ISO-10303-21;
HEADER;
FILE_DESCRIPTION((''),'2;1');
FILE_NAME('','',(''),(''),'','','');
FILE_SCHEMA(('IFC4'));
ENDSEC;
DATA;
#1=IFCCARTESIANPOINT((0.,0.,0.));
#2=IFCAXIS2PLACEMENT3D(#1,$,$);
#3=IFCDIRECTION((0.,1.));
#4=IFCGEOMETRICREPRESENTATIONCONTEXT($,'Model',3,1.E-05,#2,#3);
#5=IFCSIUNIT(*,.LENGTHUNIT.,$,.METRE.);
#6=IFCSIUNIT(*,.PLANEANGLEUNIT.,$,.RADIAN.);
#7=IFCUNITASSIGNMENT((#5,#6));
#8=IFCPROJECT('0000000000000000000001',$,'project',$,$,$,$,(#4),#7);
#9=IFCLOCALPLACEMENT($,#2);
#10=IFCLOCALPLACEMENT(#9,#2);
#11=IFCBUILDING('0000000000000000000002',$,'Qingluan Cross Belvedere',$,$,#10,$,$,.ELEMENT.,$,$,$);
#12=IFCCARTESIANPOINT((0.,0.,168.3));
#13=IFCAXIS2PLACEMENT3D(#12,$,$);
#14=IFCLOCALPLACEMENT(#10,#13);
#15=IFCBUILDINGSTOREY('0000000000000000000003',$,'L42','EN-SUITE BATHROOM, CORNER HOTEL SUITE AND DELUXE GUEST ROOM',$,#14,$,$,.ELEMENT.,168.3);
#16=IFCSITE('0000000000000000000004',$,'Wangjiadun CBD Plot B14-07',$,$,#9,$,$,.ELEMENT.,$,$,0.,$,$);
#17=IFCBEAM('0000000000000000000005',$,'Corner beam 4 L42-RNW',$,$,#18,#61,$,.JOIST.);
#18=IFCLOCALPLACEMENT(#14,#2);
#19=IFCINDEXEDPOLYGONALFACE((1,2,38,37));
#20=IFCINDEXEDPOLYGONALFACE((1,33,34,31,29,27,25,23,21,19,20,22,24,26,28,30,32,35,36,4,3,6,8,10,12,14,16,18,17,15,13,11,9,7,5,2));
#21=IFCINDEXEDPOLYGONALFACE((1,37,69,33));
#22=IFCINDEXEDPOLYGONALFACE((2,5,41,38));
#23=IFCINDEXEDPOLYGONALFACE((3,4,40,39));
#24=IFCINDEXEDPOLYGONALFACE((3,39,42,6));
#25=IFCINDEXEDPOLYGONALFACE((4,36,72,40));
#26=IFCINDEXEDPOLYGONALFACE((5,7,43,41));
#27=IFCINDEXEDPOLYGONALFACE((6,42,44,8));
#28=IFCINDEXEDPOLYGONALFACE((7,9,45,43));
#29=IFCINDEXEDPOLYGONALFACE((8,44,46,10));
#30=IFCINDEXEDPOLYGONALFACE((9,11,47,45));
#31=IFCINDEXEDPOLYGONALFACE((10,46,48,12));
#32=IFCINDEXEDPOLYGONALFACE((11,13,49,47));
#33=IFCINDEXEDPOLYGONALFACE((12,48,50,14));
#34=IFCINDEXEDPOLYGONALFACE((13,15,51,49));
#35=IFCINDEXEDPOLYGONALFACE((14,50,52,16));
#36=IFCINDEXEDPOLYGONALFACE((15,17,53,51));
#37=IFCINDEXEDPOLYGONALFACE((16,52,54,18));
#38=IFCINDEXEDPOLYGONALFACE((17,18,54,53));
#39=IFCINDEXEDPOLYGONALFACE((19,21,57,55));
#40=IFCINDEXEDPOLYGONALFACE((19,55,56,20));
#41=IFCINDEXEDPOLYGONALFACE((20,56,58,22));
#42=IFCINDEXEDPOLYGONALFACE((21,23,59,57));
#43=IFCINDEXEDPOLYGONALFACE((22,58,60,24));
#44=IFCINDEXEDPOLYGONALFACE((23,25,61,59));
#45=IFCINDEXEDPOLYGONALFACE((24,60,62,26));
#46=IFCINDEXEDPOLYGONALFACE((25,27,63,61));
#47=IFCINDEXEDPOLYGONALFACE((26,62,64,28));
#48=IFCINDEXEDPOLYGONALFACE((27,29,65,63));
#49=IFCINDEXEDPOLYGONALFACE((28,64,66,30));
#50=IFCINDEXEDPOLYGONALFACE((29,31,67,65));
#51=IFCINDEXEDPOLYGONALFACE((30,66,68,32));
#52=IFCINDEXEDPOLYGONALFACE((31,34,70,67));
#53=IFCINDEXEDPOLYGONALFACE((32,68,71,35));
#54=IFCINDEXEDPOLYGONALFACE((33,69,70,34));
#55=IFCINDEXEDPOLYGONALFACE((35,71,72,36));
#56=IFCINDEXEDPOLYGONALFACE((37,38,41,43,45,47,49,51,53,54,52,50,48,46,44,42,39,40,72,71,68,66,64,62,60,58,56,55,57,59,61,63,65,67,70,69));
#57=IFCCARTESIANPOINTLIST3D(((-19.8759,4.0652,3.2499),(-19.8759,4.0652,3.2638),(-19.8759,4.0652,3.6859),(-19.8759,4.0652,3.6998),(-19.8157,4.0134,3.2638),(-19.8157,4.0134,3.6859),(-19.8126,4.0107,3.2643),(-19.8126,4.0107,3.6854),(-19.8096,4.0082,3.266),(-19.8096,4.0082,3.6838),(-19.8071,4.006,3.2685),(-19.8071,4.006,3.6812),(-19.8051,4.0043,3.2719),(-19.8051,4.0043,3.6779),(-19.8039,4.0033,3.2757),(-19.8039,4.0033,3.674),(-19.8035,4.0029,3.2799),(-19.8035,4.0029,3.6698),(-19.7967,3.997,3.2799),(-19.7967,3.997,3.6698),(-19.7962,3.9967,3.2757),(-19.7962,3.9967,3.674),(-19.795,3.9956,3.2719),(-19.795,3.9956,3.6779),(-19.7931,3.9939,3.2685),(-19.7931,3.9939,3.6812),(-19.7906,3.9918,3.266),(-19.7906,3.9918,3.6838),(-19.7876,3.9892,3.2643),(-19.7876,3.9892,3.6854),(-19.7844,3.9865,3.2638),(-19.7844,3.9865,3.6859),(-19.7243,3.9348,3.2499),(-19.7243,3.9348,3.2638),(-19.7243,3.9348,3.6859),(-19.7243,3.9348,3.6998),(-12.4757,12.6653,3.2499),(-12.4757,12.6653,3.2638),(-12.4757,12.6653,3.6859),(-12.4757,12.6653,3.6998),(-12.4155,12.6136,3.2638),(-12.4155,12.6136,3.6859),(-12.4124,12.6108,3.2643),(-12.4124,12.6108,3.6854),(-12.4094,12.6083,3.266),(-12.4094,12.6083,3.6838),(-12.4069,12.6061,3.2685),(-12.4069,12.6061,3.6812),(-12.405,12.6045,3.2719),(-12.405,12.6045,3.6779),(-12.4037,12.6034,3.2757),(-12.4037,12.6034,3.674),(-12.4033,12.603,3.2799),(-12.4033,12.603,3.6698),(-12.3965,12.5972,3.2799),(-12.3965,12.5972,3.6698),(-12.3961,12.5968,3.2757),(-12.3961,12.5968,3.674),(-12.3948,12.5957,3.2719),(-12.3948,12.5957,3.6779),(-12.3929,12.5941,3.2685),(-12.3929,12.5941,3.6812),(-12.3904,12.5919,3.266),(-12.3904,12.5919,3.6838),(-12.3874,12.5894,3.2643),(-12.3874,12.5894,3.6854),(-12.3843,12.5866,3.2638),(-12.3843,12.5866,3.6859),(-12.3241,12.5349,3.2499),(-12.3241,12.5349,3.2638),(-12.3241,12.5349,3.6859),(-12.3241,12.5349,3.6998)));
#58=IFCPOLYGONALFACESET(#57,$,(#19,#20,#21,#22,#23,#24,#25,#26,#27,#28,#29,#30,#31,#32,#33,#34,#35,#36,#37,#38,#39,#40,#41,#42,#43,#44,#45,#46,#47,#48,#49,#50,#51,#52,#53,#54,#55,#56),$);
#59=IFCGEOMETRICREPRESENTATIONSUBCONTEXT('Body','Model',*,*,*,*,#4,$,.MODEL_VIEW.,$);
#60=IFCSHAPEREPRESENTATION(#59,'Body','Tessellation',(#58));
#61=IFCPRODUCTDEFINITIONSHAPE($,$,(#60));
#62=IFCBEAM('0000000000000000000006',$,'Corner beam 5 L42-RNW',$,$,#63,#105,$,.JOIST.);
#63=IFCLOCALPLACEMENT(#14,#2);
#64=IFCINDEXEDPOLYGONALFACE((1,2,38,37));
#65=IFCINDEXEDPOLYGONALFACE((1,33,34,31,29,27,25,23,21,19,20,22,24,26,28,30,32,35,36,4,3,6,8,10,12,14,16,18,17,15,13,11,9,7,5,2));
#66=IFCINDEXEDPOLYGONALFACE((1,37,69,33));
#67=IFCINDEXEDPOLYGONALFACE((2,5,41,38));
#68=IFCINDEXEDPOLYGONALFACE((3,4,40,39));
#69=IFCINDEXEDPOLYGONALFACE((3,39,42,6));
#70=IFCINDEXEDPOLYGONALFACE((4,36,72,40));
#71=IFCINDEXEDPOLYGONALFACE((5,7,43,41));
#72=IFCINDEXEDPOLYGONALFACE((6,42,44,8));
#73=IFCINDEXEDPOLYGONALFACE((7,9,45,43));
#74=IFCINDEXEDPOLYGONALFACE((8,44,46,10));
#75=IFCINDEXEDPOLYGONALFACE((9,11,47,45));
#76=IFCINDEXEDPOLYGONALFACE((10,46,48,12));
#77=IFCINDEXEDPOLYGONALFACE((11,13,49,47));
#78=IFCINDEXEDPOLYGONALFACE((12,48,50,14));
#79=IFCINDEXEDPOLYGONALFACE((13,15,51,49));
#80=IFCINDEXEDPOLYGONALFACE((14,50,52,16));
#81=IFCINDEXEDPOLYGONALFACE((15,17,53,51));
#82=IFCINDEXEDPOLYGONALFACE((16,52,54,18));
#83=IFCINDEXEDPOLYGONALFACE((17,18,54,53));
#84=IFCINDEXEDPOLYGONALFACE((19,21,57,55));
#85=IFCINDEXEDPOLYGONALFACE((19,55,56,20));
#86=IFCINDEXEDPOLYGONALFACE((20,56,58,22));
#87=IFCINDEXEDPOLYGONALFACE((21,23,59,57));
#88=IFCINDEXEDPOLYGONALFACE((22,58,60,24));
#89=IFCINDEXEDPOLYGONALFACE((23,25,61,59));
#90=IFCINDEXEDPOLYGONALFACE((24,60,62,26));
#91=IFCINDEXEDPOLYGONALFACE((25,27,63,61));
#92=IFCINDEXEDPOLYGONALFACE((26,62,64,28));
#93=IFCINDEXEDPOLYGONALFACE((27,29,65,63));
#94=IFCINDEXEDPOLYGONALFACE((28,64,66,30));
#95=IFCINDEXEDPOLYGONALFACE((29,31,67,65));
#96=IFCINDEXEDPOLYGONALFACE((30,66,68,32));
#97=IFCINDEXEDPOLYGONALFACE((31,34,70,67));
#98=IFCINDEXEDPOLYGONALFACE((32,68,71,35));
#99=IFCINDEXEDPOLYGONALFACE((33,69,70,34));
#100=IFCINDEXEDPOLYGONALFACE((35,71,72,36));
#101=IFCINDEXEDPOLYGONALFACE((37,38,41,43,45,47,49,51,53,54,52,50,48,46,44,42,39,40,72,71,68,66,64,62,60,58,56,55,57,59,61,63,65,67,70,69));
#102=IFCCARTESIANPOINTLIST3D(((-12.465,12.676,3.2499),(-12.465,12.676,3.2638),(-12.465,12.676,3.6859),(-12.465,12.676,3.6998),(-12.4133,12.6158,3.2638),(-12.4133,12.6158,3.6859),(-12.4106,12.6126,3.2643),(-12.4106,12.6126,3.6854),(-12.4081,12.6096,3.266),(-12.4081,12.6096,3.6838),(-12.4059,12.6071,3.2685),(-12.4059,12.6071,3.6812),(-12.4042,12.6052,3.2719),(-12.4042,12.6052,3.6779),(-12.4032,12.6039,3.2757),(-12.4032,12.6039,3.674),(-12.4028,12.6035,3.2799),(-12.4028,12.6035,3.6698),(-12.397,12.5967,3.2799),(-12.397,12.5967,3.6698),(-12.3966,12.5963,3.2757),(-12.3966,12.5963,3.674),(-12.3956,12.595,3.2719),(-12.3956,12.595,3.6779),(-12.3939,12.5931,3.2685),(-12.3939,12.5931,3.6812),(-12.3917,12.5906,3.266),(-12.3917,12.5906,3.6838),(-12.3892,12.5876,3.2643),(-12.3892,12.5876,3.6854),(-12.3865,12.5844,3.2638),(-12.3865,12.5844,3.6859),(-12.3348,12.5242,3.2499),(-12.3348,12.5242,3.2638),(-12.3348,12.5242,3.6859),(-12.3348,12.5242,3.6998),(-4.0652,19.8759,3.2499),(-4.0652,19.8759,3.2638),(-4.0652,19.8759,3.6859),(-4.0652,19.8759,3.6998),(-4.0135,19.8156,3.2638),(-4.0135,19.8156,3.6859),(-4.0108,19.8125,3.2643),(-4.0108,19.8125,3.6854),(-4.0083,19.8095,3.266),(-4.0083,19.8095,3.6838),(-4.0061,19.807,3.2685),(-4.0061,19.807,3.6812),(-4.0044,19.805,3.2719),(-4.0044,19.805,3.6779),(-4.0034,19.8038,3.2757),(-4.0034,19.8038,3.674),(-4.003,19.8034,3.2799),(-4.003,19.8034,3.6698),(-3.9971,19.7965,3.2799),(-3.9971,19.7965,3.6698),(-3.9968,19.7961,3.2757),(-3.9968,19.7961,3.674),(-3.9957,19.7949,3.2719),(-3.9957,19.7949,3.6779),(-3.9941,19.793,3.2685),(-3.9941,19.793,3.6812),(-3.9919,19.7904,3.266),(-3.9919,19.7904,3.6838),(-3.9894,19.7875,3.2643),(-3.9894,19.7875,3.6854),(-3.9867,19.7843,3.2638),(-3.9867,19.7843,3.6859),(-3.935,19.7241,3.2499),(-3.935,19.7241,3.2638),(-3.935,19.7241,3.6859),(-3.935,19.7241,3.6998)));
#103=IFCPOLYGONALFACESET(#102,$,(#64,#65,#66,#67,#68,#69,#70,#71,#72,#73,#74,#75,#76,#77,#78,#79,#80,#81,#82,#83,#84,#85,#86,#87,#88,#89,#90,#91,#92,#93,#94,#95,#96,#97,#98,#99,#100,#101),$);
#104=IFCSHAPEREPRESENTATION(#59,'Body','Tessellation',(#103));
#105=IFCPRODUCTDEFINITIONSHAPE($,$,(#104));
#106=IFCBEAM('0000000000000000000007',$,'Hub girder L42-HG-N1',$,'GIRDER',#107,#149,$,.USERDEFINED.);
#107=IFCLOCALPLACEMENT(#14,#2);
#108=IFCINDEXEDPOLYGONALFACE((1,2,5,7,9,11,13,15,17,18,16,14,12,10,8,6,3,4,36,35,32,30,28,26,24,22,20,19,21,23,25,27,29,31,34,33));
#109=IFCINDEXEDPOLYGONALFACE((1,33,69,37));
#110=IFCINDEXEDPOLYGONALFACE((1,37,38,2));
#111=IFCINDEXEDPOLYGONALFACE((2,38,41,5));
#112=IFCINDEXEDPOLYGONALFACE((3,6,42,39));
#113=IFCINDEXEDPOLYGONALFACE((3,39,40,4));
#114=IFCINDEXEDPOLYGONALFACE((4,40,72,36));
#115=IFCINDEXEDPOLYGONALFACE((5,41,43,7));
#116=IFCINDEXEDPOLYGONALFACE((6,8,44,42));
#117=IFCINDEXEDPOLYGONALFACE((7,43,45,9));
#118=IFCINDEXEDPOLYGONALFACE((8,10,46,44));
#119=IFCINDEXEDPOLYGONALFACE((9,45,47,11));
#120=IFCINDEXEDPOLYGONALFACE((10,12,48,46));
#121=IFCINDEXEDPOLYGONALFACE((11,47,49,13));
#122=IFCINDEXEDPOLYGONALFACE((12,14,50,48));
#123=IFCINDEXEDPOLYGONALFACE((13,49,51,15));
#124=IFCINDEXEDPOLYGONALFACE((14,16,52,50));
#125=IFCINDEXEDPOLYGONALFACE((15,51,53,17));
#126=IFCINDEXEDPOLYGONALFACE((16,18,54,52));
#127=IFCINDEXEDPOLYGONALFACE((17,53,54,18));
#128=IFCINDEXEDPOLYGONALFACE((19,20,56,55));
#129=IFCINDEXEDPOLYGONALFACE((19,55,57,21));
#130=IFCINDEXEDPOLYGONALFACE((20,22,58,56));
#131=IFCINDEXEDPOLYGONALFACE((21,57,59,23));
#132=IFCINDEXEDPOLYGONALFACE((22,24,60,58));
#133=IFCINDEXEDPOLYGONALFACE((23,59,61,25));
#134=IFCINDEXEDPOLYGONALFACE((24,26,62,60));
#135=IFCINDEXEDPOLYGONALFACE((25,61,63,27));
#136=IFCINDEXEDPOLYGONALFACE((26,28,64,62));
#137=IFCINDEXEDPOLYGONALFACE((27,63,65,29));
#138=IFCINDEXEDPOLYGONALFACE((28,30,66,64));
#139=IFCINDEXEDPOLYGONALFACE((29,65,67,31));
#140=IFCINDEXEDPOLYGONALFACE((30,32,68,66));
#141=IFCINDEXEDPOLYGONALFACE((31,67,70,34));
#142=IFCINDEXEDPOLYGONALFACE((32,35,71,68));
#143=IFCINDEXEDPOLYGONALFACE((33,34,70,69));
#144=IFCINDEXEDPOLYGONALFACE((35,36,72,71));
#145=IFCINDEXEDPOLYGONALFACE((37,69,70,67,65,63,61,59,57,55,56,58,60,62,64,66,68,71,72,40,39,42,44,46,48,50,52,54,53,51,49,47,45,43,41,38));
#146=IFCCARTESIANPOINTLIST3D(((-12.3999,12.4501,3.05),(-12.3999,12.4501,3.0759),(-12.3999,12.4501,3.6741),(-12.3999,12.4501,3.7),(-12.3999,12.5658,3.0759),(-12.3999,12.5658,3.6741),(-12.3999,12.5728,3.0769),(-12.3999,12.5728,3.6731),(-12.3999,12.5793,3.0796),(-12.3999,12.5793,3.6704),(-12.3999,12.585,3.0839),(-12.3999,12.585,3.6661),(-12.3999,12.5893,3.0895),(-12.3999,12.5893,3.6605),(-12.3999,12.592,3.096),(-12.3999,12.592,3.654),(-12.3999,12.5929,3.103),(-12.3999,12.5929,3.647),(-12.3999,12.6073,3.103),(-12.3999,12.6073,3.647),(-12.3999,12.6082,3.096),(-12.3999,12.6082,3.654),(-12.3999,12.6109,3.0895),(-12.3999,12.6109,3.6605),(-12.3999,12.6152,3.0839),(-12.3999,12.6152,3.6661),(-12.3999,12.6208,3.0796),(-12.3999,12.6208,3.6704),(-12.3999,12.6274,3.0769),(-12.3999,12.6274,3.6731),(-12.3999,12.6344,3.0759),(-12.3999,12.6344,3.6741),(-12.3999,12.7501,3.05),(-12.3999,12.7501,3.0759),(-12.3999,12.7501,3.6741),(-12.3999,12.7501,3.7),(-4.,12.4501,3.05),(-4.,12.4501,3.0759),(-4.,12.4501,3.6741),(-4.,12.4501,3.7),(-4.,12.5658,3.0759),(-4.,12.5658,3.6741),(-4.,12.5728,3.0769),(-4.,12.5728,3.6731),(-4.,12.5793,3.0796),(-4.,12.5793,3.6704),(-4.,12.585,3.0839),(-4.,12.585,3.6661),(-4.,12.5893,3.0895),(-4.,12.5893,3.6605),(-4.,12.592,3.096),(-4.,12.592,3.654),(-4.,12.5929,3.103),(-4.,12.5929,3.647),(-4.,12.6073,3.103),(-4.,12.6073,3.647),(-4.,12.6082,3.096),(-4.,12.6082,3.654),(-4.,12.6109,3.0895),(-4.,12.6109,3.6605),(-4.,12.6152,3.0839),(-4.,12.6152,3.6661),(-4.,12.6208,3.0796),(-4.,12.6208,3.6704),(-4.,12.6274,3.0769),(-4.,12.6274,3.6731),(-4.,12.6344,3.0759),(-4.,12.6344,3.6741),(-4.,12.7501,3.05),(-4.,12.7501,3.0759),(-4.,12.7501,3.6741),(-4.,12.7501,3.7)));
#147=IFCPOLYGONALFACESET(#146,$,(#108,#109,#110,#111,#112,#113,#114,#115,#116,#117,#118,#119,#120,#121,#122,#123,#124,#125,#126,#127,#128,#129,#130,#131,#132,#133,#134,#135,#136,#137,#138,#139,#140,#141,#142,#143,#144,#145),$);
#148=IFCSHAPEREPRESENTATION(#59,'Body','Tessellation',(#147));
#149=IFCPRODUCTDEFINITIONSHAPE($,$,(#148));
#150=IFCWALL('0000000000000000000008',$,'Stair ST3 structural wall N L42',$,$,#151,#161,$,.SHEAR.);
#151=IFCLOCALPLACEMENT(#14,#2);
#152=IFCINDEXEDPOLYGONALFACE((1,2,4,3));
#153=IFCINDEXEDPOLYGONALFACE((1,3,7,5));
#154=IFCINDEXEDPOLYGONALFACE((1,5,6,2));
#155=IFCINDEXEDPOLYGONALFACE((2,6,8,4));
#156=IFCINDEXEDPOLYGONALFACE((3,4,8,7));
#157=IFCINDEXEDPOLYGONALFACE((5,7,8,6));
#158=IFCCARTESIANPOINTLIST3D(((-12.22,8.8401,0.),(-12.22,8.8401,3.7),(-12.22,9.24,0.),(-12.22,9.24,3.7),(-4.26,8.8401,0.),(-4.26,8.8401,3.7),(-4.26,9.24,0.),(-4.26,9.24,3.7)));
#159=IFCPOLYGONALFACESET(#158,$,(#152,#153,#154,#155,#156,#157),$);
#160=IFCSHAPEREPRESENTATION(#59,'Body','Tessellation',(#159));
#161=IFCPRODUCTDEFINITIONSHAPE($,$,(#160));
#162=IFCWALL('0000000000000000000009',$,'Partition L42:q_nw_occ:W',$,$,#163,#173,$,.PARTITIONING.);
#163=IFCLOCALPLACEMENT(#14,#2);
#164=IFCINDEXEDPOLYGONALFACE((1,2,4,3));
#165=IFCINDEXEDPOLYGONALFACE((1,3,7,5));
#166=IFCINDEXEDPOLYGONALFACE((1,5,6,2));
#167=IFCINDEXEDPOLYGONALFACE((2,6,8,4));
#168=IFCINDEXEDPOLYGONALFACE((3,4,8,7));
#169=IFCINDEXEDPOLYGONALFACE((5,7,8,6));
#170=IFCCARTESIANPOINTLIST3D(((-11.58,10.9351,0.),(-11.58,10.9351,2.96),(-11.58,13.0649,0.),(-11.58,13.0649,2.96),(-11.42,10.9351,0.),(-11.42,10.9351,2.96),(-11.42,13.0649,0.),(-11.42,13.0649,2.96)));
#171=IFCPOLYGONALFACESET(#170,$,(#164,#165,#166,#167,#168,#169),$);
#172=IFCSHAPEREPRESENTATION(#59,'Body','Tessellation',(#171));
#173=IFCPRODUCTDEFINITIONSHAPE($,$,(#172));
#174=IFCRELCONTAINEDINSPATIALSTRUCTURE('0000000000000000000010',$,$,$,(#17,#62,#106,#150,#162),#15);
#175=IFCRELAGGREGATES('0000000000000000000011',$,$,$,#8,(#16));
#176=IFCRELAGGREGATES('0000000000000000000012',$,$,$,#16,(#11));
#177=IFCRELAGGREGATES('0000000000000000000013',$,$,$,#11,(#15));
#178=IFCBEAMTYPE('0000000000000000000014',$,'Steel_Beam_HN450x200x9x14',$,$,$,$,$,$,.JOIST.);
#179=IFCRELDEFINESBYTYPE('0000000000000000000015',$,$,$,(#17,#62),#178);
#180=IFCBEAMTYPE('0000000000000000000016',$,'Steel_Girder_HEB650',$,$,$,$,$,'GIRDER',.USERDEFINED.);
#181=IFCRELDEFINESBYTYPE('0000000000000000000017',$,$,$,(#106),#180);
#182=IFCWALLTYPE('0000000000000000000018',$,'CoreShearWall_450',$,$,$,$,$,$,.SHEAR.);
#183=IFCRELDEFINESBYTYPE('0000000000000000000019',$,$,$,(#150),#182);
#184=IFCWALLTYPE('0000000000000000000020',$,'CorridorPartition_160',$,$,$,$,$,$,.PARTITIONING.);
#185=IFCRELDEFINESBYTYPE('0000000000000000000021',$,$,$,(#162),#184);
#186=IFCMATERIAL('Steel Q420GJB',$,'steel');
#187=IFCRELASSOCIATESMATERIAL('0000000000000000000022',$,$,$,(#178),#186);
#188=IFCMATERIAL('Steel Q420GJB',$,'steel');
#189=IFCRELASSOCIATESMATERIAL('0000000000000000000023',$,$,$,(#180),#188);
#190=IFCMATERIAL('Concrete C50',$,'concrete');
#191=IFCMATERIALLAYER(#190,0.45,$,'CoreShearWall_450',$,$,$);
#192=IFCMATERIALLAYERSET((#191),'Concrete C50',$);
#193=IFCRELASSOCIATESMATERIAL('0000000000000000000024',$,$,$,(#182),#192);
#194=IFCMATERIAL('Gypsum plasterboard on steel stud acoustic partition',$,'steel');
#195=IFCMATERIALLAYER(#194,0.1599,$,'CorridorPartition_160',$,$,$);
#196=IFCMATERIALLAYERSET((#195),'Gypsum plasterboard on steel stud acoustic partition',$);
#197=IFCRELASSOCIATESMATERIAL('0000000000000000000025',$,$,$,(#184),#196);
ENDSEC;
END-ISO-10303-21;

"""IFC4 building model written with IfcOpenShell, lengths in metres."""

from ifc_helpers import new_model, si_unit, direction, frame, frame_2d, origin, origin_2d, place, context, subcontext, project, spatial, rectangle, i_section, extrude, material, layer, layer_set, material_profile, profile_set, type_object, element, save


model = new_model("IFC4")

# Units and contexts
model_context = context("Model", 3, precision=1e-05, world=origin(), true_north=direction((0.0, 1.0)))
body_context = subcontext(model_context, "Body", "Model", "MODEL_VIEW")
ifc_project = project(units=[si_unit("LENGTHUNIT", "METRE"), si_unit("PLANEANGLEUNIT", "RADIAN")], contexts=[model_context])

# Site, building, storey
site_placement = place(None, origin())
site = spatial("IfcSite", under=ifc_project, at=site_placement, Name="Wangjiadun CBD Plot B14-07", CompositionType="ELEMENT", RefElevation=0.0)
building_placement = place(site_placement, origin())
building = spatial("IfcBuilding", under=site, at=building_placement, Name="Qingluan Cross Belvedere", CompositionType="ELEMENT")
storey_placement = place(building_placement, frame((0.0, 0.0, 168.3)))
storey = spatial("IfcBuildingStorey", under=building, at=storey_placement, Name="L42", Description="EN-SUITE BATHROOM, CORNER HOTEL SUITE AND DELUXE GUEST ROOM", CompositionType="ELEMENT", Elevation=168.3)

# Beams
ifc_material_1 = material(Name="Steel Q420GJB", Category="steel")
ifc_material_profile_1 = material_profile(ifc_material_1, i_section(OverallWidth=0.2, OverallDepth=0.45, WebThickness=0.009, FlangeThickness=0.0139, FilletRadius=0.0161, at=origin_2d()), Name="HN450x200x9x14")
ifc_profile_set_1 = profile_set([ifc_material_profile_1], Name="Steel Q420GJB")
beam_type_1 = type_object("IfcBeamType", Name="Steel_Beam_HN450x200x9x14", PredefinedType="JOIST", material=ifc_profile_set_1)
beam_1_placement = place(storey_placement, frame((-12.3999, 12.6001, 3.4749), z_axis=(-0.652245, -0.758008, 0.0), x_axis=(0.758008, -0.652245, 0.0)))
element("IfcBeam", 1, at=beam_1_placement, inside=storey, type_object=beam_type_1, Name="Corner beam 4 L42-RNW", PredefinedType="JOIST", context=body_context, shape_type="SweptSolid", body=[
    extrude(i_section(OverallWidth=0.2, OverallDepth=0.45, WebThickness=0.009, FlangeThickness=0.0139, FilletRadius=0.0161, at=origin_2d()), origin(), (0.0, 0.0, 1.0), 11.3457),
])
beam_2_placement = place(storey_placement, frame((-12.3999, 12.6001, 3.4749), z_axis=(0.759255, 0.650793, 0.0), x_axis=(-0.650793, 0.759255, 0.0)))
element("IfcBeam", 2, at=beam_2_placement, inside=storey, type_object=beam_type_1, Name="Corner beam 5 L42-RNW", PredefinedType="JOIST", context=body_context, shape_type="SweptSolid", body=[
    extrude(i_section(OverallWidth=0.2, OverallDepth=0.45, WebThickness=0.009, FlangeThickness=0.0139, FilletRadius=0.0161, at=origin_2d()), origin(), (0.0, 0.0, 1.0), 11.0632),
])
ifc_material_2 = material(Name="Steel Q420GJB", Category="steel")
ifc_material_profile_2 = material_profile(ifc_material_2, i_section(OverallWidth=0.3, OverallDepth=0.6499, WebThickness=0.0144, FlangeThickness=0.0259, FilletRadius=0.0271, at=origin_2d()), Name="HEB650")
ifc_profile_set_2 = profile_set([ifc_material_profile_2], Name="Steel Q420GJB")
beam_type_2 = type_object("IfcBeamType", Name="Steel_Girder_HEB650", ElementType="GIRDER", PredefinedType="USERDEFINED", material=ifc_profile_set_2)
beam_3_placement = place(storey_placement, frame((-12.3999, 12.6001, 3.375), z_axis=(1.0, 0.0, 0.0), x_axis=(0.0, 1.0, 0.0)))
element("IfcBeam", 3, at=beam_3_placement, inside=storey, type_object=beam_type_2, Name="Hub girder L42-HG-N1", ObjectType="GIRDER", PredefinedType="USERDEFINED", context=body_context, shape_type="SweptSolid", body=[
    extrude(i_section(OverallWidth=0.3, OverallDepth=0.6499, WebThickness=0.0144, FlangeThickness=0.0259, FilletRadius=0.0271, at=origin_2d()), origin(), (0.0, 0.0, 1.0), 8.3999),
])

# Wall
ifc_material_3 = material(Name="Concrete C50", Category="concrete")
ifc_layer_1 = layer(ifc_material_3, 0.45, Name="CoreShearWall_450")
ifc_layer_set_1 = layer_set([ifc_layer_1], Name="Concrete C50")
wall_type_1 = type_object("IfcWallType", Name="CoreShearWall_450", PredefinedType="SHEAR", material=ifc_layer_set_1)
wall_1_placement = place(storey_placement, frame((-12.22, 9.04, 0.0), z_axis=(0.0, 0.0, 1.0), x_axis=(1.0, 0.0, 0.0)))
element("IfcWall", 4, at=wall_1_placement, inside=storey, type_object=wall_type_1, Name="Stair ST3 structural wall N L42", PredefinedType="SHEAR", context=body_context, shape_type="SweptSolid", body=[
    extrude(rectangle(XDim=7.96, YDim=0.3999, at=frame_2d((3.98, 0.0))), origin(), (0.0, 0.0, 1.0), 3.7),
])

# Shared definitions
ifc_material_4 = material(Name="Gypsum plasterboard on steel stud acoustic partition", Category="steel")
ifc_layer_2 = layer(ifc_material_4, 0.1599, Name="CorridorPartition_160")
ifc_layer_set_2 = layer_set([ifc_layer_2], Name="Gypsum plasterboard on steel stud acoustic partition")
wall_type_2 = type_object("IfcWallType", Name="CorridorPartition_160", PredefinedType="PARTITIONING", material=ifc_layer_set_2)

# Wall
wall_2_placement = place(storey_placement, frame((-11.5, 10.9351, 0.0), z_axis=(0.0, 0.0, 1.0), x_axis=(0.0, 1.0, 0.0)))
element("IfcWall", 5, at=wall_2_placement, inside=storey, type_object=wall_type_2, Name="Partition L42:q_nw_occ:W", PredefinedType="PARTITIONING", context=body_context, shape_type="SweptSolid", body=[
    extrude(rectangle(XDim=2.1299, YDim=0.1599, at=frame_2d((1.0649, 0.0))), origin(), (0.0, 0.0, 1.0), 2.96),
])

save(model, "model.ifc")
